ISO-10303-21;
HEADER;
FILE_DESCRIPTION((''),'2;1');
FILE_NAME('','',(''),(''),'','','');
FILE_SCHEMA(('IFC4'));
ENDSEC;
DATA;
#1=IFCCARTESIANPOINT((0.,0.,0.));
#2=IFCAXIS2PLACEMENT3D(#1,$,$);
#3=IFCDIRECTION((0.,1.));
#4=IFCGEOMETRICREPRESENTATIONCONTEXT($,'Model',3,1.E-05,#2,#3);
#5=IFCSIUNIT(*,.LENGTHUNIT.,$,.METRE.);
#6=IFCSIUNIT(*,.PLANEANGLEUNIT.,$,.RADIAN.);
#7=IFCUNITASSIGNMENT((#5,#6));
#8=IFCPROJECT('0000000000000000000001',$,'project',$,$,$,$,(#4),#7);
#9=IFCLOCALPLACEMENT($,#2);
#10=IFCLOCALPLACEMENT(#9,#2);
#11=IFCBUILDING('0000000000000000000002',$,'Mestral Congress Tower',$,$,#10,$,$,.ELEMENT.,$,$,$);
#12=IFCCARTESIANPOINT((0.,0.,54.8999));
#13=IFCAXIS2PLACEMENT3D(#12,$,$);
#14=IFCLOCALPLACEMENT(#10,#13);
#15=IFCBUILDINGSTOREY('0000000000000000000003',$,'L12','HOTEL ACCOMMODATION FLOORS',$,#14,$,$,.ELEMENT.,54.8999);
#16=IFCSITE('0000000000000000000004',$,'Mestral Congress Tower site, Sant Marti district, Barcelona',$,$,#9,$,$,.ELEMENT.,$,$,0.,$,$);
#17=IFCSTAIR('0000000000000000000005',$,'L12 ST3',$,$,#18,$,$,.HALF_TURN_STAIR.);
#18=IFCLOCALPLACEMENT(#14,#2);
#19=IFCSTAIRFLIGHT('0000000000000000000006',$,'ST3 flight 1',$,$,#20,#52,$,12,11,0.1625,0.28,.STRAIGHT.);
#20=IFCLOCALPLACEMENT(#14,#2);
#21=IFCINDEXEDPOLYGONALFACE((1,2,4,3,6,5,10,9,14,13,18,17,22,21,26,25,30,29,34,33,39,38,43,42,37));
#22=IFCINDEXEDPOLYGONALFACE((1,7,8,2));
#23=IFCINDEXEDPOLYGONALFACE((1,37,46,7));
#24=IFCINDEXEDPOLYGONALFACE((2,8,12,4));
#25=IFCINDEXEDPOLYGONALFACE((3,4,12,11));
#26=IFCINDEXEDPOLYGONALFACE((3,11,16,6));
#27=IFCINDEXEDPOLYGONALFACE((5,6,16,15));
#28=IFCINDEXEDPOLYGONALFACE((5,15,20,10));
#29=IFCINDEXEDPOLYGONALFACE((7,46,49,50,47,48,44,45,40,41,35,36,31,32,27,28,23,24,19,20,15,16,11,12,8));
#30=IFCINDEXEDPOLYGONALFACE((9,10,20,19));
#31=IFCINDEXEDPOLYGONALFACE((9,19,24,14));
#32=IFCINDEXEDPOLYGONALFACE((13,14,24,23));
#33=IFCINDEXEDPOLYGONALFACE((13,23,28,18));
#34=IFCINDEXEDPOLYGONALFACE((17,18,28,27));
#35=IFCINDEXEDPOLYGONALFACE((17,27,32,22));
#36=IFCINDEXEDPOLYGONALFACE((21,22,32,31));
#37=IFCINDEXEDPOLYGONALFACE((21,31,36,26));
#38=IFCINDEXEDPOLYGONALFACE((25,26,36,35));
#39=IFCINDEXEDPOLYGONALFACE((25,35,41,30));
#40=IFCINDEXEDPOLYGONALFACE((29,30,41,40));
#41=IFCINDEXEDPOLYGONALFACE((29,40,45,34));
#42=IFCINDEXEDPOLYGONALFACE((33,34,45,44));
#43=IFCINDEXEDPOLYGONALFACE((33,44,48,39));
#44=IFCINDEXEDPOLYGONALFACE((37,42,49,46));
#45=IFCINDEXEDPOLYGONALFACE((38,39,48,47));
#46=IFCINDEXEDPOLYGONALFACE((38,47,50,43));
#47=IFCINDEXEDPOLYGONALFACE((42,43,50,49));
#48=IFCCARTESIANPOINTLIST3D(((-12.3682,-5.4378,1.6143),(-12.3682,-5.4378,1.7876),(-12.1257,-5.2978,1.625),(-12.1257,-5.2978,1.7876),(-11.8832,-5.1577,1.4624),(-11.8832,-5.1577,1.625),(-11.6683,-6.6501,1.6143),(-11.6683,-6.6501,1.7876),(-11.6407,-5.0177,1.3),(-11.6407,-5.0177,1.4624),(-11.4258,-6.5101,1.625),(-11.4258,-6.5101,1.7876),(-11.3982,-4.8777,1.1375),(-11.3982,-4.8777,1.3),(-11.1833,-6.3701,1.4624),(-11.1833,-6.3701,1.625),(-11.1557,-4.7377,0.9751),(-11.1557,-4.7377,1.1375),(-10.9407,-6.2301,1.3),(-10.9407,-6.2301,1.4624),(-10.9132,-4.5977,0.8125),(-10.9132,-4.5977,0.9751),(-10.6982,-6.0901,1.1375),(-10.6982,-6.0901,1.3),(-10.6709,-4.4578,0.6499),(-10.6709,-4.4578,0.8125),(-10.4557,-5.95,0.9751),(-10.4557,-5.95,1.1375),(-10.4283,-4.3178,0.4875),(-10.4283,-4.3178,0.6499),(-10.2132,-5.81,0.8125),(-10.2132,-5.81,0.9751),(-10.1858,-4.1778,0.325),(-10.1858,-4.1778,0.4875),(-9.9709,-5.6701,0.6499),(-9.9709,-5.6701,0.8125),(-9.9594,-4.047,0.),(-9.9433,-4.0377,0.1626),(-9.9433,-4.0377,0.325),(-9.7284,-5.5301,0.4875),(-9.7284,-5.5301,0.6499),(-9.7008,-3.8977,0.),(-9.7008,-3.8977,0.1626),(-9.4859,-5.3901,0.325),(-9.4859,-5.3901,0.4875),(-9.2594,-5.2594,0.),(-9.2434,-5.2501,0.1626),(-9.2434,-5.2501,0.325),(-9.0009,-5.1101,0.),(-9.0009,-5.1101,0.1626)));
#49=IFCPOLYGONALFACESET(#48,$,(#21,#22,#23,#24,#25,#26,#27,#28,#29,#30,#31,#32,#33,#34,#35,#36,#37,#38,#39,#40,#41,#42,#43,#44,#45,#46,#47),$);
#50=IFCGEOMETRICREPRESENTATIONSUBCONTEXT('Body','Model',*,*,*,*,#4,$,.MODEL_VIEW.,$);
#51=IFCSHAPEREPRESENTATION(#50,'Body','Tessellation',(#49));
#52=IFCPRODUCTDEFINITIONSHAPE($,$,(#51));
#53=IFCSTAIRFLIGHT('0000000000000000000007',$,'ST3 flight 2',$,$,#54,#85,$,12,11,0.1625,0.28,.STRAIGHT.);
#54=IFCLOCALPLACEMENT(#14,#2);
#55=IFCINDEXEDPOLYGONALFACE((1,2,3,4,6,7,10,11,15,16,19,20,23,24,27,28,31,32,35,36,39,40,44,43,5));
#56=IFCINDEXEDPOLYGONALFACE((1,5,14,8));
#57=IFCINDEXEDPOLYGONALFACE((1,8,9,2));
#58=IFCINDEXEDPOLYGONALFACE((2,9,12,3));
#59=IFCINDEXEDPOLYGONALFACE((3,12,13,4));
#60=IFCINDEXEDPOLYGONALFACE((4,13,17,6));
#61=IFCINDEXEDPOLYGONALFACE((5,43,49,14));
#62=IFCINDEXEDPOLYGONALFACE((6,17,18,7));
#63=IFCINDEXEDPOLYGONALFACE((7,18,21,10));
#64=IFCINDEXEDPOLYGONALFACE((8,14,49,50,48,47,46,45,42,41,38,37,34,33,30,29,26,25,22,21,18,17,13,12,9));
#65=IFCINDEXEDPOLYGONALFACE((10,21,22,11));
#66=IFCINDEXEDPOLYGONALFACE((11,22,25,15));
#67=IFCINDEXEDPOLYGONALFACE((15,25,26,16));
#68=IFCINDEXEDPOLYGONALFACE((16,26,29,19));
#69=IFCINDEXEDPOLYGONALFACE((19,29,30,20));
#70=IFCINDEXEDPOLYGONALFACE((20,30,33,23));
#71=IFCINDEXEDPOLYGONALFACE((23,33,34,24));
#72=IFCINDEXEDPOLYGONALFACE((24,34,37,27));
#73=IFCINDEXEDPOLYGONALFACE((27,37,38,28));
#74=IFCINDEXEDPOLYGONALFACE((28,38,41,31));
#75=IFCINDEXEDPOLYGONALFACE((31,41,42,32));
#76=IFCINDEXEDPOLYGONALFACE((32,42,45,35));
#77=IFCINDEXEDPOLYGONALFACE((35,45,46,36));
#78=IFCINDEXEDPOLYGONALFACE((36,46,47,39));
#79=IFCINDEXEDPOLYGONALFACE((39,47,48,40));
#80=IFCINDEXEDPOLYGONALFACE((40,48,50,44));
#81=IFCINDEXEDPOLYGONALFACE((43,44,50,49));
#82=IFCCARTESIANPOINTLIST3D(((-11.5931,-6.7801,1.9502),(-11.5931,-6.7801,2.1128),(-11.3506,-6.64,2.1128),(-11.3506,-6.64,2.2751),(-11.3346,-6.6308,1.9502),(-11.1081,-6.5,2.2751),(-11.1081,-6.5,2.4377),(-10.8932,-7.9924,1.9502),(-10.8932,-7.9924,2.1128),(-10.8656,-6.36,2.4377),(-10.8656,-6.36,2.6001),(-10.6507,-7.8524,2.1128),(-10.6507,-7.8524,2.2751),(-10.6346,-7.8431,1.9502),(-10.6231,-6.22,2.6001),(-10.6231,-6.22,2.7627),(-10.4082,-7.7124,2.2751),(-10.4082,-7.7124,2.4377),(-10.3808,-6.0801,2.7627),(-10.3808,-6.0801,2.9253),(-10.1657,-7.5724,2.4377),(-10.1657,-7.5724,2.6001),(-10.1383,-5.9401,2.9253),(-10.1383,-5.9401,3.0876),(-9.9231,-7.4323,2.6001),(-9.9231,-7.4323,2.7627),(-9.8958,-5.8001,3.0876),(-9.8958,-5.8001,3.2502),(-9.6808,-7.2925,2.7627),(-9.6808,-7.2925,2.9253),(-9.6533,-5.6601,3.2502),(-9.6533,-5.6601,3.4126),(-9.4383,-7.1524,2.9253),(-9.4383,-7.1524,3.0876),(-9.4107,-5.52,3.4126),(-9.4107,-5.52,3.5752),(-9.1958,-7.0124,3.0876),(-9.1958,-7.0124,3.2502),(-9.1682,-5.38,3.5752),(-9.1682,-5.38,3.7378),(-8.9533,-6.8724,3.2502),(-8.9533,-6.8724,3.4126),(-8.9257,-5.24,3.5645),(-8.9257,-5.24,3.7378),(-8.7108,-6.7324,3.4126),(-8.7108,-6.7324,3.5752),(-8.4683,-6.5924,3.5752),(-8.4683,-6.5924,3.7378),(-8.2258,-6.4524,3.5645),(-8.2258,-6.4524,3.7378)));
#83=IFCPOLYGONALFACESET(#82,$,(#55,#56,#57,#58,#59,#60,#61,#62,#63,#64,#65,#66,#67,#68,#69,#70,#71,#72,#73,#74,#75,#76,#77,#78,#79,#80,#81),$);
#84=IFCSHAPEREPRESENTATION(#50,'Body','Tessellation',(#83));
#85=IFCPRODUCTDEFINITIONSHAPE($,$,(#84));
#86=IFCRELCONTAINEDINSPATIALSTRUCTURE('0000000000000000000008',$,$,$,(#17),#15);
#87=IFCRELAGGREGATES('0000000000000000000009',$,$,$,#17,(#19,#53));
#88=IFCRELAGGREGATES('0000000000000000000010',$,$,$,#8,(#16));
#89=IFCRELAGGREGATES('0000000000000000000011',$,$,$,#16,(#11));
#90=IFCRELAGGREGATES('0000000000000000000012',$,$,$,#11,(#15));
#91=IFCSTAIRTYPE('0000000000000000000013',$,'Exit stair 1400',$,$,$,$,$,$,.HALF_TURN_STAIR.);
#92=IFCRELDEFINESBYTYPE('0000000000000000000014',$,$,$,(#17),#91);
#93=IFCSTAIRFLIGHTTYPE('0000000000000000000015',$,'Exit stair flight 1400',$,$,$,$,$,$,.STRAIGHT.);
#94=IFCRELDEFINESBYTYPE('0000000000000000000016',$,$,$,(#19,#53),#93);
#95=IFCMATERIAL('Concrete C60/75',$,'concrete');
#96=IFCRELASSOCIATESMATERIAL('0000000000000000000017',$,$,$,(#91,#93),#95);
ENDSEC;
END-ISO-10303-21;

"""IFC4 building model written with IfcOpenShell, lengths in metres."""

from ifc_helpers import new_model, si_unit, direction, frame, origin, place, context, subcontext, project, spatial, polyline, outline, extrude, material, type_object, element, aggregate, save


model = new_model("IFC4")

# Units and contexts
model_context = context("Model", 3, precision=1e-05, world=origin(), true_north=direction((0.0, 1.0)))
body_context = subcontext(model_context, "Body", "Model", "MODEL_VIEW")
ifc_project = project(units=[si_unit("LENGTHUNIT", "METRE"), si_unit("PLANEANGLEUNIT", "RADIAN")], contexts=[model_context])

# Site, building, storey
site_placement = place(None, origin())
site = spatial("IfcSite", under=ifc_project, at=site_placement, Name="Mestral Congress Tower site, Sant Marti district, Barcelona", CompositionType="ELEMENT", RefElevation=0.0)
building_placement = place(site_placement, origin())
building = spatial("IfcBuilding", under=site, at=building_placement, Name="Mestral Congress Tower", CompositionType="ELEMENT")
storey_placement = place(building_placement, frame((0.0, 0.0, 54.8999)))
storey = spatial("IfcBuildingStorey", under=building, at=storey_placement, Name="L12", Description="HOTEL ACCOMMODATION FLOORS", CompositionType="ELEMENT", Elevation=54.8999)

# Shared definitions
ifc_material_1 = material(Name="Concrete C60/75", Category="concrete")

# Stair, stair flights
stair_type = type_object("IfcStairType", Name="Exit stair 1400", PredefinedType="HALF_TURN_STAIR", material=ifc_material_1)
stair_placement = place(storey_placement, origin())
stair = element("IfcStair", 1, at=stair_placement, inside=storey, type_object=stair_type, Name="L12 ST3", PredefinedType="HALF_TURN_STAIR")
stair_flight_type = type_object("IfcStairFlightType", Name="Exit stair flight 1400", PredefinedType="STRAIGHT", material=ifc_material_1)
stair_flight_1_placement = place(storey_placement, frame((-9.3508, -4.5039, 0.0), z_axis=(0.0, 0.0, 1.0), x_axis=(-0.866025, -0.5, 0.0)))
stair_flight_1 = element("IfcStairFlight", 2, at=stair_flight_1_placement, type_object=stair_flight_type, Name="ST3 flight 1", NumberOfRisers=12, NumberOfTreads=11, PredefinedType="STRAIGHT", RiserHeight=0.1625, TreadLength=0.28, context=body_context, shape_type="SweptSolid", body=[
    extrude(outline(polyline([(0.0, 0.0), (0.0, 0.1626), (0.28, 0.1626), (0.28, 0.325), (0.5601, 0.325), (0.5601, 0.4875), (0.8401, 0.4875), (0.8401, 0.6499), (1.1201, 0.6499), (1.1201, 0.8125), (1.3999, 0.8125), (1.3999, 0.9751), (1.6799, 0.9751), (1.6799, 1.1375), (1.96, 1.1375), (1.96, 1.3), (2.24, 1.3), (2.24, 1.4624), (2.52, 1.4624), (2.52, 1.625), (2.8, 1.625), (2.8, 1.7876), (3.0801, 1.7876), (3.0801, 1.95), (3.0801, 1.6143), (0.2986, 0.0), (0.0, 0.0)])), frame((0.0, 0.7, 0.0), z_axis=(0.0, -1.0, 0.0), x_axis=(1.0, 0.0, 0.0)), (0.0, 0.0, 1.0), 1.3999),
])
stair_flight_2_placement = place(storey_placement, frame((-11.2432, -7.3862, 1.9502), z_axis=(0.0, 0.0, 1.0), x_axis=(0.866025, 0.5, 0.0)))
stair_flight_2 = element("IfcStairFlight", 3, at=stair_flight_2_placement, type_object=stair_flight_type, Name="ST3 flight 2", NumberOfRisers=12, NumberOfTreads=11, PredefinedType="STRAIGHT", RiserHeight=0.1625, TreadLength=0.28, context=body_context, shape_type="SweptSolid", body=[
    extrude(outline(polyline([(0.0, 0.0), (0.0, 0.1626), (0.28, 0.1626), (0.28, 0.325), (0.5601, 0.325), (0.5601, 0.4875), (0.8401, 0.4875), (0.8401, 0.6499), (1.1201, 0.6499), (1.1201, 0.8125), (1.3999, 0.8125), (1.3999, 0.9751), (1.6799, 0.9751), (1.6799, 1.1375), (1.96, 1.1375), (1.96, 1.3), (2.24, 1.3), (2.24, 1.4624), (2.52, 1.4624), (2.52, 1.625), (2.8, 1.625), (2.8, 1.7876), (3.0801, 1.7876), (3.0801, 1.95), (3.0801, 1.6143), (0.2986, 0.0), (0.0, 0.0)])), frame((0.0, 0.7, 0.0), z_axis=(0.0, -1.0, 0.0), x_axis=(1.0, 0.0, 0.0)), (0.0, 0.0, 1.0), 1.3999),
])
aggregate(stair, [stair_flight_1, stair_flight_2])

save(model, "model.ifc")
